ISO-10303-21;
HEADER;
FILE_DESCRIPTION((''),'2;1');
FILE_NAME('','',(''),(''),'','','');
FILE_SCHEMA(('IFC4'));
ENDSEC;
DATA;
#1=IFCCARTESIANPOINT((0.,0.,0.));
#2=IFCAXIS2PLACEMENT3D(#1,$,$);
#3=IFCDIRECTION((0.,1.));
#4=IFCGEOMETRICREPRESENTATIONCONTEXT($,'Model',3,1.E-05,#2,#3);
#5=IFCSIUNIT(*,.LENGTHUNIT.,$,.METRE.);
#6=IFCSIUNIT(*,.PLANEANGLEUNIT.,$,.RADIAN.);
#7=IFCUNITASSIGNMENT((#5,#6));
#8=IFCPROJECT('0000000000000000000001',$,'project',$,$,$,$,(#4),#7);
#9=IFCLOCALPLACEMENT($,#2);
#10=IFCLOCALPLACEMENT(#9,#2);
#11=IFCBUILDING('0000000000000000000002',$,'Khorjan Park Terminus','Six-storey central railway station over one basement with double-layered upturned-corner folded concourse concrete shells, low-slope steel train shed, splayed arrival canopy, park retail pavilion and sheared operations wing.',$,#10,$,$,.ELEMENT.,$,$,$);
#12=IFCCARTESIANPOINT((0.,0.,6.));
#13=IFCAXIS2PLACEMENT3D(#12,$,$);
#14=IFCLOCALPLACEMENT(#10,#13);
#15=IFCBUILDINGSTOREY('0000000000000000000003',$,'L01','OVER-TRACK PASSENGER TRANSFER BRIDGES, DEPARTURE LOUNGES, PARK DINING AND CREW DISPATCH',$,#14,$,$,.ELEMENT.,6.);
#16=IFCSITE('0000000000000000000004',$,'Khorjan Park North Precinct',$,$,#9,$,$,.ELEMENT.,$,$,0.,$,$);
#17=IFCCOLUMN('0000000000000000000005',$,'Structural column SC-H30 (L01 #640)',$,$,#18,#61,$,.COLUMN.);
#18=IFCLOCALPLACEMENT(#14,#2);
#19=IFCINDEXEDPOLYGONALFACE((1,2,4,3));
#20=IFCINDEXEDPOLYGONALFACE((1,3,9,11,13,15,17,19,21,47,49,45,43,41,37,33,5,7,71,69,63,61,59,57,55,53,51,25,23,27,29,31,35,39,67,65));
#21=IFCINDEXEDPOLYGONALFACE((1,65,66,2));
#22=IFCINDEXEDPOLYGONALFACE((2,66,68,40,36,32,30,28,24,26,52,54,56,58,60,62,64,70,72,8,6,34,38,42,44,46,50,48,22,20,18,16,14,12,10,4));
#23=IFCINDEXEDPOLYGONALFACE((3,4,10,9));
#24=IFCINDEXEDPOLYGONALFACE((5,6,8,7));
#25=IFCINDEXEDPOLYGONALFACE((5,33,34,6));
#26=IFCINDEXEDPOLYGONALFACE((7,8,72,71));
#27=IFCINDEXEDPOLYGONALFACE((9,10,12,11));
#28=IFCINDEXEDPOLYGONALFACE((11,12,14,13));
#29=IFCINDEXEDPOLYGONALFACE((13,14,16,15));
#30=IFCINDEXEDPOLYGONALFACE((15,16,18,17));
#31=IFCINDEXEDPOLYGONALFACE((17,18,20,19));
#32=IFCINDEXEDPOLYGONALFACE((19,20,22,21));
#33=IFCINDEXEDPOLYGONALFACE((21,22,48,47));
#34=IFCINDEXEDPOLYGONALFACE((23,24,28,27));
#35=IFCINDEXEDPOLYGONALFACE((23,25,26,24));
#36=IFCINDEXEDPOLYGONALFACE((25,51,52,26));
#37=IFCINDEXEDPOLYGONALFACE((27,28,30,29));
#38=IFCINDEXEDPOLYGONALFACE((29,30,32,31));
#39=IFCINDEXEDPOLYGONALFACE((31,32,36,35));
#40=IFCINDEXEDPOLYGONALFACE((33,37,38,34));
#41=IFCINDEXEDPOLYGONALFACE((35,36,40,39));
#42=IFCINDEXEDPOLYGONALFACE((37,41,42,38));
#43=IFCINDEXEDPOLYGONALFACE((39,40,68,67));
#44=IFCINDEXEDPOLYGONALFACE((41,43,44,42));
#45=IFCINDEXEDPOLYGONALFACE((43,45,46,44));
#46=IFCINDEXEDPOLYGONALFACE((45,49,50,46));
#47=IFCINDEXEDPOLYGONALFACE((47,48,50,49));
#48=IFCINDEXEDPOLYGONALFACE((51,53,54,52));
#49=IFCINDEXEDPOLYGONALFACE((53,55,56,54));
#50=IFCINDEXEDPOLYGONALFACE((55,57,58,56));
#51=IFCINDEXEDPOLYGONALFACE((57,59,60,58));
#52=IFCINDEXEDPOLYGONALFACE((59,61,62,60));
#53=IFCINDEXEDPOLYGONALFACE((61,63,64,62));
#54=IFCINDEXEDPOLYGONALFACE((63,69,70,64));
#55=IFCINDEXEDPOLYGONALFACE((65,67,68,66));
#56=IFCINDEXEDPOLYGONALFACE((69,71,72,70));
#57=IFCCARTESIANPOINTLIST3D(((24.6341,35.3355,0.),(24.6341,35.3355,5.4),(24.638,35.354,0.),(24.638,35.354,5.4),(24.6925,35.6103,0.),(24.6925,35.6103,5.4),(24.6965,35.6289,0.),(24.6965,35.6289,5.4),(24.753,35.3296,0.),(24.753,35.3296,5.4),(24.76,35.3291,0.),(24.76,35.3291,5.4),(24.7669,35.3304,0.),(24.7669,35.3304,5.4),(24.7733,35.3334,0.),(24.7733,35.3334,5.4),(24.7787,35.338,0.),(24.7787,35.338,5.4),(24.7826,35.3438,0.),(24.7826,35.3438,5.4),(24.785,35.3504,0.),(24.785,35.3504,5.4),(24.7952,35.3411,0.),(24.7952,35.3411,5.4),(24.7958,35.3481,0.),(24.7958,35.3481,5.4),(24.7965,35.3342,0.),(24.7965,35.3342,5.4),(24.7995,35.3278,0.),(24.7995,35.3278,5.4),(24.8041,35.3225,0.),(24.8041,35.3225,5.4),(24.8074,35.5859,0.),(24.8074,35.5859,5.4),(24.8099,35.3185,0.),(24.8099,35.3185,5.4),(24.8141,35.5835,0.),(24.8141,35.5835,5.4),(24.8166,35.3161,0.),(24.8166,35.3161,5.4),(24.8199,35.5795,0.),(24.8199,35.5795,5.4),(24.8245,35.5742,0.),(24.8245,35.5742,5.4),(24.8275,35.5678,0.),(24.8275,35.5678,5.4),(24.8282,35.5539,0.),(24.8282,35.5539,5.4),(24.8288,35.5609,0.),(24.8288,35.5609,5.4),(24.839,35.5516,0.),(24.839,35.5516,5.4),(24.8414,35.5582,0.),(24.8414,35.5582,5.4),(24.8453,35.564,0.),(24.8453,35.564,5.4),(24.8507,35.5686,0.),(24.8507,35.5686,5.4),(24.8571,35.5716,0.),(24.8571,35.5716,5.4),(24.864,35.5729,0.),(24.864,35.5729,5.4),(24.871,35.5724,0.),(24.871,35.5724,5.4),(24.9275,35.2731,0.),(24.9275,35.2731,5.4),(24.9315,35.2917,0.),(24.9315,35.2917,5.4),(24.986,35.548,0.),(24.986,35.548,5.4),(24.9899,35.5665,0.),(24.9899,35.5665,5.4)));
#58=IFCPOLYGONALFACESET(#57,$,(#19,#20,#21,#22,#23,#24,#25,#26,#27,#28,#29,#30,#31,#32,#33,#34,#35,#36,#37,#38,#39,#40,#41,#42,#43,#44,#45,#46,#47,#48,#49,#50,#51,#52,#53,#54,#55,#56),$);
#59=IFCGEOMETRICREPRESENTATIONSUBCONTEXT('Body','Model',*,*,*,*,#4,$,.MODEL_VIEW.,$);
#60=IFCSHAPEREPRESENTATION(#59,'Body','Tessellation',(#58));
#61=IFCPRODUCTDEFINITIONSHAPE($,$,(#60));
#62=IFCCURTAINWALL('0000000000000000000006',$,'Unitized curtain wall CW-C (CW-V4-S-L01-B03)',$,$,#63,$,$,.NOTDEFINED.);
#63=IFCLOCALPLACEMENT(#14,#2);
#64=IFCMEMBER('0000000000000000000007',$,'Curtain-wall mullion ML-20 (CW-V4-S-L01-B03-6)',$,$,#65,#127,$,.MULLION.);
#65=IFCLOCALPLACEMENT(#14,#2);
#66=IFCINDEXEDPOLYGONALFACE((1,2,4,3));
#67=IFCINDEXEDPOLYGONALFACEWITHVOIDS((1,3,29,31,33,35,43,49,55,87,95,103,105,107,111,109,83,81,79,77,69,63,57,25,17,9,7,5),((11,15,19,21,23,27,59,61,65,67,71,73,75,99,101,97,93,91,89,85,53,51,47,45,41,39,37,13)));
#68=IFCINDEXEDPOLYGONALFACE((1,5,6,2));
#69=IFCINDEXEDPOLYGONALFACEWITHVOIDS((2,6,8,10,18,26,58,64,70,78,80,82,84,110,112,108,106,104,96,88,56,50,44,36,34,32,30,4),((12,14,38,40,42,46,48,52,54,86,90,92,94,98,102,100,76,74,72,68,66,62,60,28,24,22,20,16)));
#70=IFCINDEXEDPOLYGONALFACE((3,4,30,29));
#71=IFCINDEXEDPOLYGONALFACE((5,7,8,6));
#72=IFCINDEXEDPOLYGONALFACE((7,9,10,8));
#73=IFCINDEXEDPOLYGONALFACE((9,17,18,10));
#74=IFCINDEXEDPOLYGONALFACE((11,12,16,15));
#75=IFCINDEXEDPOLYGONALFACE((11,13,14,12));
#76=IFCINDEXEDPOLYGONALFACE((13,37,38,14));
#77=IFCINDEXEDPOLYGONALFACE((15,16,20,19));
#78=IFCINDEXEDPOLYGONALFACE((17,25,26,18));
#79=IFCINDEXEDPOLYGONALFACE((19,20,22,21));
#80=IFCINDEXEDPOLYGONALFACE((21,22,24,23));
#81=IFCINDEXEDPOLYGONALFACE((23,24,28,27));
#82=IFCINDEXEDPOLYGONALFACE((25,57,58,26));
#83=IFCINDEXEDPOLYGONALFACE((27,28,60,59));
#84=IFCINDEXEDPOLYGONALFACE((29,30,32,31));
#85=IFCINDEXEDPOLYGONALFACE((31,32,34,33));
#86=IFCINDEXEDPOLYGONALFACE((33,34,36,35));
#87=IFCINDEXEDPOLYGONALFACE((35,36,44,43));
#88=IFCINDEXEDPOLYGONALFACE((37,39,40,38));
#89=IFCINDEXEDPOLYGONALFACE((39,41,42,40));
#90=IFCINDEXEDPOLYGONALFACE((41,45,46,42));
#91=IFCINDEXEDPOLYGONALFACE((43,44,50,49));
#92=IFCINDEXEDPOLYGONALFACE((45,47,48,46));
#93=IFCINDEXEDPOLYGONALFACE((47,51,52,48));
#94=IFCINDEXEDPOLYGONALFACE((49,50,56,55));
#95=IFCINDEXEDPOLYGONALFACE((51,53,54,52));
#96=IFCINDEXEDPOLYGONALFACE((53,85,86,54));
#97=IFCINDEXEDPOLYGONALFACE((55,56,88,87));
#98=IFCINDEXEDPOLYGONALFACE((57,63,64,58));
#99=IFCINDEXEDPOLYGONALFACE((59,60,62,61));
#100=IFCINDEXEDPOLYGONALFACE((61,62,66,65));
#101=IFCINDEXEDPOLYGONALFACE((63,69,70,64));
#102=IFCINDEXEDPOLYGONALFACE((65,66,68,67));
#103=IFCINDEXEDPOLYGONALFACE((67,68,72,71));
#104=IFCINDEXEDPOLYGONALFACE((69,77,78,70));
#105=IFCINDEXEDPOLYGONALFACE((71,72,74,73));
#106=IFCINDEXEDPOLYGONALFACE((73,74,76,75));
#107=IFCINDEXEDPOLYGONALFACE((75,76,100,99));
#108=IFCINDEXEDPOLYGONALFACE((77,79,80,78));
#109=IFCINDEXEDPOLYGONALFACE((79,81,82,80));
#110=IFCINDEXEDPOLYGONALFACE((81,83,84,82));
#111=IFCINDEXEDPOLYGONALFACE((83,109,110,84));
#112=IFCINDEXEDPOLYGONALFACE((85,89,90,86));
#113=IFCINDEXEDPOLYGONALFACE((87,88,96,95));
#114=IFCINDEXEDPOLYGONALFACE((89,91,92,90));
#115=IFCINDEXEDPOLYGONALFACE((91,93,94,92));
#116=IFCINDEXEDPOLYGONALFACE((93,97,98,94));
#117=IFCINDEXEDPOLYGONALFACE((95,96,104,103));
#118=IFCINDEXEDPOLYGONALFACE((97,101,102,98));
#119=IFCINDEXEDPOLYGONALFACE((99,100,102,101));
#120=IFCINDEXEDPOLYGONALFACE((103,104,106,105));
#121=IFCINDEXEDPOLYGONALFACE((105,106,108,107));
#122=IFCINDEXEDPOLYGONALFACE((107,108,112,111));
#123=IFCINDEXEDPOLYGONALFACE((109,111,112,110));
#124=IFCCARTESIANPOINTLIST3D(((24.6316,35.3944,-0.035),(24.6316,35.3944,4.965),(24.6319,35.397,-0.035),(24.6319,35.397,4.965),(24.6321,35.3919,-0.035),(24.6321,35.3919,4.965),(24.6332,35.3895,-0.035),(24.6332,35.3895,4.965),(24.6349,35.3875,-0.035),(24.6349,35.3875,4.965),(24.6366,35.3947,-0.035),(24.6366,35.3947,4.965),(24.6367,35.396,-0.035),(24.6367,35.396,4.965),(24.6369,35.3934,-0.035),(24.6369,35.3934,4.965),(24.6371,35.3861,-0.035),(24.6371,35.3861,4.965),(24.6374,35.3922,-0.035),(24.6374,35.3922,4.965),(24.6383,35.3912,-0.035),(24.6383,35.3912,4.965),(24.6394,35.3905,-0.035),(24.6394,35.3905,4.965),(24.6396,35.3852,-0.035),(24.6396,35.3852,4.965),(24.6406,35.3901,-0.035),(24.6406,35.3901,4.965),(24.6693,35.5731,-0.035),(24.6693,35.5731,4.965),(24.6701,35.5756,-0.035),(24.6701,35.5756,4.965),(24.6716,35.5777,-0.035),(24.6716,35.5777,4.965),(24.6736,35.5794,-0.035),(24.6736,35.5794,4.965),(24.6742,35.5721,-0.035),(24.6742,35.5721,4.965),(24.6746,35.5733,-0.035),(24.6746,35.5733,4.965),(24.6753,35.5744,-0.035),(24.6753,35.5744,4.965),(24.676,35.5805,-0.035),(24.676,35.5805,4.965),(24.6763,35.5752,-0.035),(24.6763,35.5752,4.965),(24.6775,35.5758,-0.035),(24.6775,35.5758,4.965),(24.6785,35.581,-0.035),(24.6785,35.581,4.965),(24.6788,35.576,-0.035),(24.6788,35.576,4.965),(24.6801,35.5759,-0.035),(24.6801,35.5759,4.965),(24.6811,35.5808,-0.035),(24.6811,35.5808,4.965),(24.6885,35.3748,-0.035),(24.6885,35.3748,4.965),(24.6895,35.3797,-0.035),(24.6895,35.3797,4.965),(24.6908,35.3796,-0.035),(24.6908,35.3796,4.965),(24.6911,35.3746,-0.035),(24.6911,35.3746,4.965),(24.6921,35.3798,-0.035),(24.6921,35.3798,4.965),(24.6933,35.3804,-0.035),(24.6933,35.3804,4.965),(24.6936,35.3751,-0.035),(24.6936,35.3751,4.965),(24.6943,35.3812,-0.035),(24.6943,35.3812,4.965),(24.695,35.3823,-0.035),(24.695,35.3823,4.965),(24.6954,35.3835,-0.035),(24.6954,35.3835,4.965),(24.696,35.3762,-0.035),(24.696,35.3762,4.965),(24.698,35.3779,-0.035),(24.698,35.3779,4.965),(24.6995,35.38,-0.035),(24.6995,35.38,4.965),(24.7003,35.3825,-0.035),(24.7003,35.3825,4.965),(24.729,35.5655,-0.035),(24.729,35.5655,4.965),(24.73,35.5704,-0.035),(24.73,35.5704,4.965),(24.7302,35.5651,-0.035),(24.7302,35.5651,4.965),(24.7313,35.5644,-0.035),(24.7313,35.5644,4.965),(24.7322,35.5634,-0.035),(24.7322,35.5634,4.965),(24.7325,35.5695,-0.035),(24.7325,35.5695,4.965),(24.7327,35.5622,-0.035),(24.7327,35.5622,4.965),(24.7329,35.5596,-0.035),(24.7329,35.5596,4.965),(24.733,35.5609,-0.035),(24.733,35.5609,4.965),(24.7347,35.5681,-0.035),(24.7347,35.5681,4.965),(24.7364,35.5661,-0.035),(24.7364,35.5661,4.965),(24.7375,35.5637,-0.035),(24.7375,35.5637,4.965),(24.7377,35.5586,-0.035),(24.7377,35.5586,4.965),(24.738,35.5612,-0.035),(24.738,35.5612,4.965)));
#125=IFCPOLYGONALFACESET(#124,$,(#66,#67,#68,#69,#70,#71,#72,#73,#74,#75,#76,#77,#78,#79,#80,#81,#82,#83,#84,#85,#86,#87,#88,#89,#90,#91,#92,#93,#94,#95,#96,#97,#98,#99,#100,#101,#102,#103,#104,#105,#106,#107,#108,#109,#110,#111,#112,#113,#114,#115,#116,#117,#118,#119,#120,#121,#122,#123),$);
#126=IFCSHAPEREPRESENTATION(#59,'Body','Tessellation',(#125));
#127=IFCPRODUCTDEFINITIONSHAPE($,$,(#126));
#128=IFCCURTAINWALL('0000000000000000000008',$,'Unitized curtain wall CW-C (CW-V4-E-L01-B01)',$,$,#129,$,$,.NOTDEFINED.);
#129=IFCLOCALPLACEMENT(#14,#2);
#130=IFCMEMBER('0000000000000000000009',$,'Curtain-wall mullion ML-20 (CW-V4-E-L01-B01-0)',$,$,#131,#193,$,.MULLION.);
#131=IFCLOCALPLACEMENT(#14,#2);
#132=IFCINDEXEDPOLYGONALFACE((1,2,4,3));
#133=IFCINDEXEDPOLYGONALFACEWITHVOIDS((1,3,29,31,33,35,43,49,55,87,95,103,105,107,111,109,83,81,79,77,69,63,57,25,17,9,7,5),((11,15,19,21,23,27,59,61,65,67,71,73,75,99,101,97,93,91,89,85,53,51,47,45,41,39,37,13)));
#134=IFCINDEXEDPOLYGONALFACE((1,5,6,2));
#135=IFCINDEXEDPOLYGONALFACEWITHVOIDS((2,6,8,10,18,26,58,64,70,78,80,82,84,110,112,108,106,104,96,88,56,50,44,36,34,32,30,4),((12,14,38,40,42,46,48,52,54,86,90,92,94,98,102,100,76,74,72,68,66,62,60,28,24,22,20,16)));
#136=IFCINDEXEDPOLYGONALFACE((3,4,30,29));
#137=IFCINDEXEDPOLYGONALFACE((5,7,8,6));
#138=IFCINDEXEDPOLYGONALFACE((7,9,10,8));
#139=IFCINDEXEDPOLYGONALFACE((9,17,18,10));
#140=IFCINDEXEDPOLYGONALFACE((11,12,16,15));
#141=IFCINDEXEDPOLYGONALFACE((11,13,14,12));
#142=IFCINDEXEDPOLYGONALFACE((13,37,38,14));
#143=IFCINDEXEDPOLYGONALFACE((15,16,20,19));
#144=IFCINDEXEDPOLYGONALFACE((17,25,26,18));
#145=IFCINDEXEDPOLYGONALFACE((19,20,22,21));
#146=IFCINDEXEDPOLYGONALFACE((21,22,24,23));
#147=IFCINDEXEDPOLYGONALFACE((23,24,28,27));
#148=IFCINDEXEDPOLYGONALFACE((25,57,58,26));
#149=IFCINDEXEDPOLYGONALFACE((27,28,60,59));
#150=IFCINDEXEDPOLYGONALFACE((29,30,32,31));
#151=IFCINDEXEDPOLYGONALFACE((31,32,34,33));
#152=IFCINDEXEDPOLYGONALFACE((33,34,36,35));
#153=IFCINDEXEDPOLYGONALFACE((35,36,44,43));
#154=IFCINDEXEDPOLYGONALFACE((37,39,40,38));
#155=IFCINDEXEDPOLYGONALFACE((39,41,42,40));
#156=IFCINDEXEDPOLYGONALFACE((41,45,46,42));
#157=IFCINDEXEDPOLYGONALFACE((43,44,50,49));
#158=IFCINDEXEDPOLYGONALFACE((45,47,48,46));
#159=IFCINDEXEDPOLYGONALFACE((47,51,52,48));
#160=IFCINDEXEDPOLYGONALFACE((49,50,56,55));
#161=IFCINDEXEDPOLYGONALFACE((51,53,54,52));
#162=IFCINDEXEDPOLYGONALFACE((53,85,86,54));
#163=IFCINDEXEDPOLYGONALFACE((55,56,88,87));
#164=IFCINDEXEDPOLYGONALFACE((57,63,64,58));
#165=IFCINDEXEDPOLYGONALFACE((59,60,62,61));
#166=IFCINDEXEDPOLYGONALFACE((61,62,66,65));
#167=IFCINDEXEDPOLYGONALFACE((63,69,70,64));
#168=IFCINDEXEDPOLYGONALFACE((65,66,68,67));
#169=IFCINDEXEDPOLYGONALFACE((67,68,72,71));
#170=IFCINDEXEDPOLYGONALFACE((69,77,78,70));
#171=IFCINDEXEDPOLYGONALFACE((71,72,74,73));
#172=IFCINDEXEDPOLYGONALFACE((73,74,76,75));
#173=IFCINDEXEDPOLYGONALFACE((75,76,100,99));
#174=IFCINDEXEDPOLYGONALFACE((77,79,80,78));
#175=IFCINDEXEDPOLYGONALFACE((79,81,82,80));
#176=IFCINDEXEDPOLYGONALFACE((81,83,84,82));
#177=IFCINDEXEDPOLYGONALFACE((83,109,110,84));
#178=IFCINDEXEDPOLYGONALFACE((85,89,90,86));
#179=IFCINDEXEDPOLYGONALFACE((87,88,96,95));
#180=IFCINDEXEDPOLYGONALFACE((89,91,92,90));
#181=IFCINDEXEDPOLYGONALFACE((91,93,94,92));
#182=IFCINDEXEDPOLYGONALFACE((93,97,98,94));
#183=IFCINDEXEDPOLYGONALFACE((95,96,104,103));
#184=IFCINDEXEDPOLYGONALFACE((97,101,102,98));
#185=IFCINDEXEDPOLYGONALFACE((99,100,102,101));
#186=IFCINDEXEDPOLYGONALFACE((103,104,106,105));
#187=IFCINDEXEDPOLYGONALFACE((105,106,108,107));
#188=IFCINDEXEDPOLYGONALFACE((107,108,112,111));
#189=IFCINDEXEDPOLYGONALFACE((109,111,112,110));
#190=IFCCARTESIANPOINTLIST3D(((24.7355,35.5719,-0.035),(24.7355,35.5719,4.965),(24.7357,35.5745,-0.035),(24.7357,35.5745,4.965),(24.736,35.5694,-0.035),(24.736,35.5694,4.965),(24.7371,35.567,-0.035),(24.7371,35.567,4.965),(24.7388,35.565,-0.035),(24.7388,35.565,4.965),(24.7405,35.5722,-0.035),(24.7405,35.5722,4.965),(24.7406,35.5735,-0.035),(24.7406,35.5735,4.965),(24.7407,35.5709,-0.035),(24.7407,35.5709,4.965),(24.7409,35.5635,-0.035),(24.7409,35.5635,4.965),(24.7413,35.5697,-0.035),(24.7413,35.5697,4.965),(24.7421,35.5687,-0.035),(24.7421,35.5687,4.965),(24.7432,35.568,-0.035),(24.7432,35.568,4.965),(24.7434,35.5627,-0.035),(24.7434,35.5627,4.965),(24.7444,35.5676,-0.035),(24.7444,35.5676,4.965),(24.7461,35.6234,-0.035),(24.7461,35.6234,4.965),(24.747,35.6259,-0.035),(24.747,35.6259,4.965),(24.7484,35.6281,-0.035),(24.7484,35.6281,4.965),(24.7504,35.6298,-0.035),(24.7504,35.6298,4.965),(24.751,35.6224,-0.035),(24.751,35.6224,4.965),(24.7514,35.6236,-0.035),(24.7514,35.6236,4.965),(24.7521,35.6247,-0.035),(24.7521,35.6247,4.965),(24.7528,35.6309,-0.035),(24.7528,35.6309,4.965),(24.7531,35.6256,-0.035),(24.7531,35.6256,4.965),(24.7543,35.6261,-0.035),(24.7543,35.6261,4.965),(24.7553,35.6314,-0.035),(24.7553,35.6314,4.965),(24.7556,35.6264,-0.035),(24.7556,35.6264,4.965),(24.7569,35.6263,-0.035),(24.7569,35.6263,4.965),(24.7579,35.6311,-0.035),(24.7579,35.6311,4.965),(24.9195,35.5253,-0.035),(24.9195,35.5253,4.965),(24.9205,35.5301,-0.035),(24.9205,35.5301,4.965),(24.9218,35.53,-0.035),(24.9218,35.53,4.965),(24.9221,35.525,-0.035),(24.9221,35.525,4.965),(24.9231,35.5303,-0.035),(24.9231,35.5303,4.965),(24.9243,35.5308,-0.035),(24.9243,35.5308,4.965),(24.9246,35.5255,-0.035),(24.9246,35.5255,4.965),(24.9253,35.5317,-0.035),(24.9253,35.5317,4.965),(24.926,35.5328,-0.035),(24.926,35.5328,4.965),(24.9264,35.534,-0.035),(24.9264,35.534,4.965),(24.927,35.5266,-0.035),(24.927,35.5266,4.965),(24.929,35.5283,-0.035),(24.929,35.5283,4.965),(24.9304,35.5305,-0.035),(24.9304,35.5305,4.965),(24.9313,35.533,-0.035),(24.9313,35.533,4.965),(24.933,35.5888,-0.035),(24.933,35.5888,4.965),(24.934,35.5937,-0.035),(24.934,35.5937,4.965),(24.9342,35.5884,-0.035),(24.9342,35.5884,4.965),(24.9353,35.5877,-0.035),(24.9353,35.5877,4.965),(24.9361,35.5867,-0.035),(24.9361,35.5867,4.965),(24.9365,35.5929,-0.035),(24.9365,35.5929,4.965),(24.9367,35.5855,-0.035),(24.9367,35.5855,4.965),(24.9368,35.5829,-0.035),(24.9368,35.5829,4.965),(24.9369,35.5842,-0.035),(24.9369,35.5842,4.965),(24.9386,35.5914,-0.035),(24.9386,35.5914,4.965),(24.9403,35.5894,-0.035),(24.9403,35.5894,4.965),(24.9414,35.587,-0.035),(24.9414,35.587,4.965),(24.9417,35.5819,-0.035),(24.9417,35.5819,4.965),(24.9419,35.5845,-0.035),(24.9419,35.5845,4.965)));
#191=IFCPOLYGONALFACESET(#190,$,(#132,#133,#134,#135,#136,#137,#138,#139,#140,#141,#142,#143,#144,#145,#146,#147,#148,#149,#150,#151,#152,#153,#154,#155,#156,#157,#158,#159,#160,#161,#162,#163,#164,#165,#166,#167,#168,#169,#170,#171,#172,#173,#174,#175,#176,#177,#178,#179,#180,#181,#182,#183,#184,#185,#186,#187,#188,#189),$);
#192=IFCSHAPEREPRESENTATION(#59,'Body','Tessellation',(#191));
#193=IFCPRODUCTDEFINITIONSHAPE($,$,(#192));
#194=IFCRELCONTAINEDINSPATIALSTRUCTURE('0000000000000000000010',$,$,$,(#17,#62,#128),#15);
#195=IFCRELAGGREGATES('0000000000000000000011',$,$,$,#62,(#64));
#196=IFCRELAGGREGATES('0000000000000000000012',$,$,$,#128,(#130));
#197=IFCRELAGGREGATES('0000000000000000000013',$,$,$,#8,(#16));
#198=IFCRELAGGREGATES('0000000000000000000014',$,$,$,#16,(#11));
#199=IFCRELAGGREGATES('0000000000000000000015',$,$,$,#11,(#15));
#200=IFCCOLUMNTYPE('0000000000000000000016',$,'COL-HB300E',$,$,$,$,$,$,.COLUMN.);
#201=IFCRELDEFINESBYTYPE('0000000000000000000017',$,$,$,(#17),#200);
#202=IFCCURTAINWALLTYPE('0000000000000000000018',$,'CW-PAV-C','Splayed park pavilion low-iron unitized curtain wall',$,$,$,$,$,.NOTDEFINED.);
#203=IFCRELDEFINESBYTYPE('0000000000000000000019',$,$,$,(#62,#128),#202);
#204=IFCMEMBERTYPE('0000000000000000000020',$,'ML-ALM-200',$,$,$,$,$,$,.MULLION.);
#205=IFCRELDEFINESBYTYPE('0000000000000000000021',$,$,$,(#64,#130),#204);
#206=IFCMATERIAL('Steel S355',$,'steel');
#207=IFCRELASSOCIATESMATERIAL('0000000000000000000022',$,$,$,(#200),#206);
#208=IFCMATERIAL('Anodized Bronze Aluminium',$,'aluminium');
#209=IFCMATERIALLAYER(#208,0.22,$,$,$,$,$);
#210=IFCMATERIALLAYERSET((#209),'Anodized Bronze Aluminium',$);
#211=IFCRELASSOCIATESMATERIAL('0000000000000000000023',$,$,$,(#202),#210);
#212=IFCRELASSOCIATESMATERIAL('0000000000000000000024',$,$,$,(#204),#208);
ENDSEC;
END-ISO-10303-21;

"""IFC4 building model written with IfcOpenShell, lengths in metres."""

from ifc_helpers import new_model, si_unit, direction, frame, origin, origin_2d, place, context, subcontext, project, spatial, hollow_rectangle, i_section, extrude, material, layer, layer_set, material_profile, profile_set, type_object, element, aggregate, save


model = new_model("IFC4")

# Units and contexts
model_context = context("Model", 3, precision=1e-05, world=origin(), true_north=direction((0.0, 1.0)))
body_context = subcontext(model_context, "Body", "Model", "MODEL_VIEW")
ifc_project = project(units=[si_unit("LENGTHUNIT", "METRE"), si_unit("PLANEANGLEUNIT", "RADIAN")], contexts=[model_context])

# Site, building, storey
site_placement = place(None, origin())
site = spatial("IfcSite", under=ifc_project, at=site_placement, Name="Khorjan Park North Precinct", CompositionType="ELEMENT", RefElevation=0.0)
building_placement = place(site_placement, origin())
building = spatial("IfcBuilding", under=site, at=building_placement, Name="Khorjan Park Terminus", Description="Six-storey central railway station over one basement with double-layered upturned-corner folded concourse concrete shells, low-slope steel train shed, splayed arrival canopy, park retail pavilion and sheared operations wing.", CompositionType="ELEMENT")
storey_placement = place(building_placement, frame((0.0, 0.0, 6.0)))
storey = spatial("IfcBuildingStorey", under=building, at=storey_placement, Name="L01", Description="OVER-TRACK PASSENGER TRANSFER BRIDGES, DEPARTURE LOUNGES, PARK DINING AND CREW DISPATCH", CompositionType="ELEMENT", Elevation=6.0)

# Column
ifc_material_1 = material(Name="Steel S355", Category="steel")
ifc_material_profile_1 = material_profile(ifc_material_1, i_section(OverallWidth=0.3, OverallDepth=0.3, WebThickness=0.011, FlangeThickness=0.019, FilletRadius=0.027, at=origin_2d()), Name="HEB 300")
ifc_profile_set_1 = profile_set([ifc_material_profile_1], Name="Steel S355")
column_type = type_object("IfcColumnType", Name="COL-HB300E", PredefinedType="COLUMN", material=ifc_profile_set_1)
column_placement = place(storey_placement, frame((24.812, 35.451, 0.0), z_axis=(0.0, 0.0, 1.0), x_axis=(0.978148, -0.207912, 0.0)))
element("IfcColumn", 1, at=column_placement, inside=storey, type_object=column_type, Name="Structural column SC-H30 (L01 #640)", PredefinedType="COLUMN", context=body_context, shape_type="SweptSolid", body=[
    extrude(i_section(OverallWidth=0.3, OverallDepth=0.3, WebThickness=0.011, FlangeThickness=0.019, FilletRadius=0.027, at=origin_2d()), origin(), (0.0, 0.0, 1.0), 5.4),
])

# Curtain wall, member
ifc_material_2 = material(Name="Anodized Bronze Aluminium", Category="aluminium")
ifc_layer_1 = layer(ifc_material_2, 0.22)
ifc_layer_set_1 = layer_set([ifc_layer_1], Name="Anodized Bronze Aluminium")
curtain_wall_type = type_object("IfcCurtainWallType", Name="CW-PAV-C", Description="Splayed park pavilion low-iron unitized curtain wall", PredefinedType="NOTDEFINED", material=ifc_layer_set_1)
curtain_wall_1_placement = place(storey_placement, origin())
curtain_wall_1 = element("IfcCurtainWall", 2, at=curtain_wall_1_placement, inside=storey, type_object=curtain_wall_type, Name="Unitized curtain wall CW-C (CW-V4-S-L01-B03)", PredefinedType="NOTDEFINED")
ifc_material_profile_2 = material_profile(ifc_material_2, hollow_rectangle(XDim=0.07, YDim=0.2, WallThickness=0.005, InnerFilletRadius=0.005, OuterFilletRadius=0.01, at=origin_2d()), Name="ALM 70x200x5")
ifc_profile_set_2 = profile_set([ifc_material_profile_2], Name="Anodized Bronze Aluminium")
member_type_1 = type_object("IfcMemberType", Name="ML-ALM-200", PredefinedType="MULLION", material=ifc_profile_set_2)
member_1_placement = place(storey_placement, frame((24.6848, 35.4778, -0.035), z_axis=(0.0, 0.0, 1.0), x_axis=(0.978147, -0.207914, 0.0)))
member_1 = element("IfcMember", 3, at=member_1_placement, type_object=member_type_1, Name="Curtain-wall mullion ML-20 (CW-V4-S-L01-B03-6)", PredefinedType="MULLION", context=body_context, shape_type="SweptSolid", body=[
    extrude(hollow_rectangle(XDim=0.07, YDim=0.2, WallThickness=0.005, InnerFilletRadius=0.005, OuterFilletRadius=0.01, at=origin_2d()), origin(), (0.0, 0.0, 1.0), 5.0),
])
aggregate(curtain_wall_1, [member_1])

# Curtain wall, member
curtain_wall_2_placement = place(storey_placement, origin())
curtain_wall_2 = element("IfcCurtainWall", 4, at=curtain_wall_2_placement, inside=storey, type_object=curtain_wall_type, Name="Unitized curtain wall CW-C (CW-V4-E-L01-B01)", PredefinedType="NOTDEFINED")
member_2_placement = place(storey_placement, frame((24.8387, 35.5782, -0.035), z_axis=(0.0, 0.0, 1.0), x_axis=(0.207917, 0.978147, 0.0)))
member_2 = element("IfcMember", 5, at=member_2_placement, type_object=member_type_1, Name="Curtain-wall mullion ML-20 (CW-V4-E-L01-B01-0)", PredefinedType="MULLION", context=body_context, shape_type="SweptSolid", body=[
    extrude(hollow_rectangle(XDim=0.07, YDim=0.2, WallThickness=0.005, InnerFilletRadius=0.005, OuterFilletRadius=0.01, at=origin_2d()), origin(), (0.0, 0.0, 1.0), 5.0),
])
aggregate(curtain_wall_2, [member_2])

save(model, "model.ifc")
